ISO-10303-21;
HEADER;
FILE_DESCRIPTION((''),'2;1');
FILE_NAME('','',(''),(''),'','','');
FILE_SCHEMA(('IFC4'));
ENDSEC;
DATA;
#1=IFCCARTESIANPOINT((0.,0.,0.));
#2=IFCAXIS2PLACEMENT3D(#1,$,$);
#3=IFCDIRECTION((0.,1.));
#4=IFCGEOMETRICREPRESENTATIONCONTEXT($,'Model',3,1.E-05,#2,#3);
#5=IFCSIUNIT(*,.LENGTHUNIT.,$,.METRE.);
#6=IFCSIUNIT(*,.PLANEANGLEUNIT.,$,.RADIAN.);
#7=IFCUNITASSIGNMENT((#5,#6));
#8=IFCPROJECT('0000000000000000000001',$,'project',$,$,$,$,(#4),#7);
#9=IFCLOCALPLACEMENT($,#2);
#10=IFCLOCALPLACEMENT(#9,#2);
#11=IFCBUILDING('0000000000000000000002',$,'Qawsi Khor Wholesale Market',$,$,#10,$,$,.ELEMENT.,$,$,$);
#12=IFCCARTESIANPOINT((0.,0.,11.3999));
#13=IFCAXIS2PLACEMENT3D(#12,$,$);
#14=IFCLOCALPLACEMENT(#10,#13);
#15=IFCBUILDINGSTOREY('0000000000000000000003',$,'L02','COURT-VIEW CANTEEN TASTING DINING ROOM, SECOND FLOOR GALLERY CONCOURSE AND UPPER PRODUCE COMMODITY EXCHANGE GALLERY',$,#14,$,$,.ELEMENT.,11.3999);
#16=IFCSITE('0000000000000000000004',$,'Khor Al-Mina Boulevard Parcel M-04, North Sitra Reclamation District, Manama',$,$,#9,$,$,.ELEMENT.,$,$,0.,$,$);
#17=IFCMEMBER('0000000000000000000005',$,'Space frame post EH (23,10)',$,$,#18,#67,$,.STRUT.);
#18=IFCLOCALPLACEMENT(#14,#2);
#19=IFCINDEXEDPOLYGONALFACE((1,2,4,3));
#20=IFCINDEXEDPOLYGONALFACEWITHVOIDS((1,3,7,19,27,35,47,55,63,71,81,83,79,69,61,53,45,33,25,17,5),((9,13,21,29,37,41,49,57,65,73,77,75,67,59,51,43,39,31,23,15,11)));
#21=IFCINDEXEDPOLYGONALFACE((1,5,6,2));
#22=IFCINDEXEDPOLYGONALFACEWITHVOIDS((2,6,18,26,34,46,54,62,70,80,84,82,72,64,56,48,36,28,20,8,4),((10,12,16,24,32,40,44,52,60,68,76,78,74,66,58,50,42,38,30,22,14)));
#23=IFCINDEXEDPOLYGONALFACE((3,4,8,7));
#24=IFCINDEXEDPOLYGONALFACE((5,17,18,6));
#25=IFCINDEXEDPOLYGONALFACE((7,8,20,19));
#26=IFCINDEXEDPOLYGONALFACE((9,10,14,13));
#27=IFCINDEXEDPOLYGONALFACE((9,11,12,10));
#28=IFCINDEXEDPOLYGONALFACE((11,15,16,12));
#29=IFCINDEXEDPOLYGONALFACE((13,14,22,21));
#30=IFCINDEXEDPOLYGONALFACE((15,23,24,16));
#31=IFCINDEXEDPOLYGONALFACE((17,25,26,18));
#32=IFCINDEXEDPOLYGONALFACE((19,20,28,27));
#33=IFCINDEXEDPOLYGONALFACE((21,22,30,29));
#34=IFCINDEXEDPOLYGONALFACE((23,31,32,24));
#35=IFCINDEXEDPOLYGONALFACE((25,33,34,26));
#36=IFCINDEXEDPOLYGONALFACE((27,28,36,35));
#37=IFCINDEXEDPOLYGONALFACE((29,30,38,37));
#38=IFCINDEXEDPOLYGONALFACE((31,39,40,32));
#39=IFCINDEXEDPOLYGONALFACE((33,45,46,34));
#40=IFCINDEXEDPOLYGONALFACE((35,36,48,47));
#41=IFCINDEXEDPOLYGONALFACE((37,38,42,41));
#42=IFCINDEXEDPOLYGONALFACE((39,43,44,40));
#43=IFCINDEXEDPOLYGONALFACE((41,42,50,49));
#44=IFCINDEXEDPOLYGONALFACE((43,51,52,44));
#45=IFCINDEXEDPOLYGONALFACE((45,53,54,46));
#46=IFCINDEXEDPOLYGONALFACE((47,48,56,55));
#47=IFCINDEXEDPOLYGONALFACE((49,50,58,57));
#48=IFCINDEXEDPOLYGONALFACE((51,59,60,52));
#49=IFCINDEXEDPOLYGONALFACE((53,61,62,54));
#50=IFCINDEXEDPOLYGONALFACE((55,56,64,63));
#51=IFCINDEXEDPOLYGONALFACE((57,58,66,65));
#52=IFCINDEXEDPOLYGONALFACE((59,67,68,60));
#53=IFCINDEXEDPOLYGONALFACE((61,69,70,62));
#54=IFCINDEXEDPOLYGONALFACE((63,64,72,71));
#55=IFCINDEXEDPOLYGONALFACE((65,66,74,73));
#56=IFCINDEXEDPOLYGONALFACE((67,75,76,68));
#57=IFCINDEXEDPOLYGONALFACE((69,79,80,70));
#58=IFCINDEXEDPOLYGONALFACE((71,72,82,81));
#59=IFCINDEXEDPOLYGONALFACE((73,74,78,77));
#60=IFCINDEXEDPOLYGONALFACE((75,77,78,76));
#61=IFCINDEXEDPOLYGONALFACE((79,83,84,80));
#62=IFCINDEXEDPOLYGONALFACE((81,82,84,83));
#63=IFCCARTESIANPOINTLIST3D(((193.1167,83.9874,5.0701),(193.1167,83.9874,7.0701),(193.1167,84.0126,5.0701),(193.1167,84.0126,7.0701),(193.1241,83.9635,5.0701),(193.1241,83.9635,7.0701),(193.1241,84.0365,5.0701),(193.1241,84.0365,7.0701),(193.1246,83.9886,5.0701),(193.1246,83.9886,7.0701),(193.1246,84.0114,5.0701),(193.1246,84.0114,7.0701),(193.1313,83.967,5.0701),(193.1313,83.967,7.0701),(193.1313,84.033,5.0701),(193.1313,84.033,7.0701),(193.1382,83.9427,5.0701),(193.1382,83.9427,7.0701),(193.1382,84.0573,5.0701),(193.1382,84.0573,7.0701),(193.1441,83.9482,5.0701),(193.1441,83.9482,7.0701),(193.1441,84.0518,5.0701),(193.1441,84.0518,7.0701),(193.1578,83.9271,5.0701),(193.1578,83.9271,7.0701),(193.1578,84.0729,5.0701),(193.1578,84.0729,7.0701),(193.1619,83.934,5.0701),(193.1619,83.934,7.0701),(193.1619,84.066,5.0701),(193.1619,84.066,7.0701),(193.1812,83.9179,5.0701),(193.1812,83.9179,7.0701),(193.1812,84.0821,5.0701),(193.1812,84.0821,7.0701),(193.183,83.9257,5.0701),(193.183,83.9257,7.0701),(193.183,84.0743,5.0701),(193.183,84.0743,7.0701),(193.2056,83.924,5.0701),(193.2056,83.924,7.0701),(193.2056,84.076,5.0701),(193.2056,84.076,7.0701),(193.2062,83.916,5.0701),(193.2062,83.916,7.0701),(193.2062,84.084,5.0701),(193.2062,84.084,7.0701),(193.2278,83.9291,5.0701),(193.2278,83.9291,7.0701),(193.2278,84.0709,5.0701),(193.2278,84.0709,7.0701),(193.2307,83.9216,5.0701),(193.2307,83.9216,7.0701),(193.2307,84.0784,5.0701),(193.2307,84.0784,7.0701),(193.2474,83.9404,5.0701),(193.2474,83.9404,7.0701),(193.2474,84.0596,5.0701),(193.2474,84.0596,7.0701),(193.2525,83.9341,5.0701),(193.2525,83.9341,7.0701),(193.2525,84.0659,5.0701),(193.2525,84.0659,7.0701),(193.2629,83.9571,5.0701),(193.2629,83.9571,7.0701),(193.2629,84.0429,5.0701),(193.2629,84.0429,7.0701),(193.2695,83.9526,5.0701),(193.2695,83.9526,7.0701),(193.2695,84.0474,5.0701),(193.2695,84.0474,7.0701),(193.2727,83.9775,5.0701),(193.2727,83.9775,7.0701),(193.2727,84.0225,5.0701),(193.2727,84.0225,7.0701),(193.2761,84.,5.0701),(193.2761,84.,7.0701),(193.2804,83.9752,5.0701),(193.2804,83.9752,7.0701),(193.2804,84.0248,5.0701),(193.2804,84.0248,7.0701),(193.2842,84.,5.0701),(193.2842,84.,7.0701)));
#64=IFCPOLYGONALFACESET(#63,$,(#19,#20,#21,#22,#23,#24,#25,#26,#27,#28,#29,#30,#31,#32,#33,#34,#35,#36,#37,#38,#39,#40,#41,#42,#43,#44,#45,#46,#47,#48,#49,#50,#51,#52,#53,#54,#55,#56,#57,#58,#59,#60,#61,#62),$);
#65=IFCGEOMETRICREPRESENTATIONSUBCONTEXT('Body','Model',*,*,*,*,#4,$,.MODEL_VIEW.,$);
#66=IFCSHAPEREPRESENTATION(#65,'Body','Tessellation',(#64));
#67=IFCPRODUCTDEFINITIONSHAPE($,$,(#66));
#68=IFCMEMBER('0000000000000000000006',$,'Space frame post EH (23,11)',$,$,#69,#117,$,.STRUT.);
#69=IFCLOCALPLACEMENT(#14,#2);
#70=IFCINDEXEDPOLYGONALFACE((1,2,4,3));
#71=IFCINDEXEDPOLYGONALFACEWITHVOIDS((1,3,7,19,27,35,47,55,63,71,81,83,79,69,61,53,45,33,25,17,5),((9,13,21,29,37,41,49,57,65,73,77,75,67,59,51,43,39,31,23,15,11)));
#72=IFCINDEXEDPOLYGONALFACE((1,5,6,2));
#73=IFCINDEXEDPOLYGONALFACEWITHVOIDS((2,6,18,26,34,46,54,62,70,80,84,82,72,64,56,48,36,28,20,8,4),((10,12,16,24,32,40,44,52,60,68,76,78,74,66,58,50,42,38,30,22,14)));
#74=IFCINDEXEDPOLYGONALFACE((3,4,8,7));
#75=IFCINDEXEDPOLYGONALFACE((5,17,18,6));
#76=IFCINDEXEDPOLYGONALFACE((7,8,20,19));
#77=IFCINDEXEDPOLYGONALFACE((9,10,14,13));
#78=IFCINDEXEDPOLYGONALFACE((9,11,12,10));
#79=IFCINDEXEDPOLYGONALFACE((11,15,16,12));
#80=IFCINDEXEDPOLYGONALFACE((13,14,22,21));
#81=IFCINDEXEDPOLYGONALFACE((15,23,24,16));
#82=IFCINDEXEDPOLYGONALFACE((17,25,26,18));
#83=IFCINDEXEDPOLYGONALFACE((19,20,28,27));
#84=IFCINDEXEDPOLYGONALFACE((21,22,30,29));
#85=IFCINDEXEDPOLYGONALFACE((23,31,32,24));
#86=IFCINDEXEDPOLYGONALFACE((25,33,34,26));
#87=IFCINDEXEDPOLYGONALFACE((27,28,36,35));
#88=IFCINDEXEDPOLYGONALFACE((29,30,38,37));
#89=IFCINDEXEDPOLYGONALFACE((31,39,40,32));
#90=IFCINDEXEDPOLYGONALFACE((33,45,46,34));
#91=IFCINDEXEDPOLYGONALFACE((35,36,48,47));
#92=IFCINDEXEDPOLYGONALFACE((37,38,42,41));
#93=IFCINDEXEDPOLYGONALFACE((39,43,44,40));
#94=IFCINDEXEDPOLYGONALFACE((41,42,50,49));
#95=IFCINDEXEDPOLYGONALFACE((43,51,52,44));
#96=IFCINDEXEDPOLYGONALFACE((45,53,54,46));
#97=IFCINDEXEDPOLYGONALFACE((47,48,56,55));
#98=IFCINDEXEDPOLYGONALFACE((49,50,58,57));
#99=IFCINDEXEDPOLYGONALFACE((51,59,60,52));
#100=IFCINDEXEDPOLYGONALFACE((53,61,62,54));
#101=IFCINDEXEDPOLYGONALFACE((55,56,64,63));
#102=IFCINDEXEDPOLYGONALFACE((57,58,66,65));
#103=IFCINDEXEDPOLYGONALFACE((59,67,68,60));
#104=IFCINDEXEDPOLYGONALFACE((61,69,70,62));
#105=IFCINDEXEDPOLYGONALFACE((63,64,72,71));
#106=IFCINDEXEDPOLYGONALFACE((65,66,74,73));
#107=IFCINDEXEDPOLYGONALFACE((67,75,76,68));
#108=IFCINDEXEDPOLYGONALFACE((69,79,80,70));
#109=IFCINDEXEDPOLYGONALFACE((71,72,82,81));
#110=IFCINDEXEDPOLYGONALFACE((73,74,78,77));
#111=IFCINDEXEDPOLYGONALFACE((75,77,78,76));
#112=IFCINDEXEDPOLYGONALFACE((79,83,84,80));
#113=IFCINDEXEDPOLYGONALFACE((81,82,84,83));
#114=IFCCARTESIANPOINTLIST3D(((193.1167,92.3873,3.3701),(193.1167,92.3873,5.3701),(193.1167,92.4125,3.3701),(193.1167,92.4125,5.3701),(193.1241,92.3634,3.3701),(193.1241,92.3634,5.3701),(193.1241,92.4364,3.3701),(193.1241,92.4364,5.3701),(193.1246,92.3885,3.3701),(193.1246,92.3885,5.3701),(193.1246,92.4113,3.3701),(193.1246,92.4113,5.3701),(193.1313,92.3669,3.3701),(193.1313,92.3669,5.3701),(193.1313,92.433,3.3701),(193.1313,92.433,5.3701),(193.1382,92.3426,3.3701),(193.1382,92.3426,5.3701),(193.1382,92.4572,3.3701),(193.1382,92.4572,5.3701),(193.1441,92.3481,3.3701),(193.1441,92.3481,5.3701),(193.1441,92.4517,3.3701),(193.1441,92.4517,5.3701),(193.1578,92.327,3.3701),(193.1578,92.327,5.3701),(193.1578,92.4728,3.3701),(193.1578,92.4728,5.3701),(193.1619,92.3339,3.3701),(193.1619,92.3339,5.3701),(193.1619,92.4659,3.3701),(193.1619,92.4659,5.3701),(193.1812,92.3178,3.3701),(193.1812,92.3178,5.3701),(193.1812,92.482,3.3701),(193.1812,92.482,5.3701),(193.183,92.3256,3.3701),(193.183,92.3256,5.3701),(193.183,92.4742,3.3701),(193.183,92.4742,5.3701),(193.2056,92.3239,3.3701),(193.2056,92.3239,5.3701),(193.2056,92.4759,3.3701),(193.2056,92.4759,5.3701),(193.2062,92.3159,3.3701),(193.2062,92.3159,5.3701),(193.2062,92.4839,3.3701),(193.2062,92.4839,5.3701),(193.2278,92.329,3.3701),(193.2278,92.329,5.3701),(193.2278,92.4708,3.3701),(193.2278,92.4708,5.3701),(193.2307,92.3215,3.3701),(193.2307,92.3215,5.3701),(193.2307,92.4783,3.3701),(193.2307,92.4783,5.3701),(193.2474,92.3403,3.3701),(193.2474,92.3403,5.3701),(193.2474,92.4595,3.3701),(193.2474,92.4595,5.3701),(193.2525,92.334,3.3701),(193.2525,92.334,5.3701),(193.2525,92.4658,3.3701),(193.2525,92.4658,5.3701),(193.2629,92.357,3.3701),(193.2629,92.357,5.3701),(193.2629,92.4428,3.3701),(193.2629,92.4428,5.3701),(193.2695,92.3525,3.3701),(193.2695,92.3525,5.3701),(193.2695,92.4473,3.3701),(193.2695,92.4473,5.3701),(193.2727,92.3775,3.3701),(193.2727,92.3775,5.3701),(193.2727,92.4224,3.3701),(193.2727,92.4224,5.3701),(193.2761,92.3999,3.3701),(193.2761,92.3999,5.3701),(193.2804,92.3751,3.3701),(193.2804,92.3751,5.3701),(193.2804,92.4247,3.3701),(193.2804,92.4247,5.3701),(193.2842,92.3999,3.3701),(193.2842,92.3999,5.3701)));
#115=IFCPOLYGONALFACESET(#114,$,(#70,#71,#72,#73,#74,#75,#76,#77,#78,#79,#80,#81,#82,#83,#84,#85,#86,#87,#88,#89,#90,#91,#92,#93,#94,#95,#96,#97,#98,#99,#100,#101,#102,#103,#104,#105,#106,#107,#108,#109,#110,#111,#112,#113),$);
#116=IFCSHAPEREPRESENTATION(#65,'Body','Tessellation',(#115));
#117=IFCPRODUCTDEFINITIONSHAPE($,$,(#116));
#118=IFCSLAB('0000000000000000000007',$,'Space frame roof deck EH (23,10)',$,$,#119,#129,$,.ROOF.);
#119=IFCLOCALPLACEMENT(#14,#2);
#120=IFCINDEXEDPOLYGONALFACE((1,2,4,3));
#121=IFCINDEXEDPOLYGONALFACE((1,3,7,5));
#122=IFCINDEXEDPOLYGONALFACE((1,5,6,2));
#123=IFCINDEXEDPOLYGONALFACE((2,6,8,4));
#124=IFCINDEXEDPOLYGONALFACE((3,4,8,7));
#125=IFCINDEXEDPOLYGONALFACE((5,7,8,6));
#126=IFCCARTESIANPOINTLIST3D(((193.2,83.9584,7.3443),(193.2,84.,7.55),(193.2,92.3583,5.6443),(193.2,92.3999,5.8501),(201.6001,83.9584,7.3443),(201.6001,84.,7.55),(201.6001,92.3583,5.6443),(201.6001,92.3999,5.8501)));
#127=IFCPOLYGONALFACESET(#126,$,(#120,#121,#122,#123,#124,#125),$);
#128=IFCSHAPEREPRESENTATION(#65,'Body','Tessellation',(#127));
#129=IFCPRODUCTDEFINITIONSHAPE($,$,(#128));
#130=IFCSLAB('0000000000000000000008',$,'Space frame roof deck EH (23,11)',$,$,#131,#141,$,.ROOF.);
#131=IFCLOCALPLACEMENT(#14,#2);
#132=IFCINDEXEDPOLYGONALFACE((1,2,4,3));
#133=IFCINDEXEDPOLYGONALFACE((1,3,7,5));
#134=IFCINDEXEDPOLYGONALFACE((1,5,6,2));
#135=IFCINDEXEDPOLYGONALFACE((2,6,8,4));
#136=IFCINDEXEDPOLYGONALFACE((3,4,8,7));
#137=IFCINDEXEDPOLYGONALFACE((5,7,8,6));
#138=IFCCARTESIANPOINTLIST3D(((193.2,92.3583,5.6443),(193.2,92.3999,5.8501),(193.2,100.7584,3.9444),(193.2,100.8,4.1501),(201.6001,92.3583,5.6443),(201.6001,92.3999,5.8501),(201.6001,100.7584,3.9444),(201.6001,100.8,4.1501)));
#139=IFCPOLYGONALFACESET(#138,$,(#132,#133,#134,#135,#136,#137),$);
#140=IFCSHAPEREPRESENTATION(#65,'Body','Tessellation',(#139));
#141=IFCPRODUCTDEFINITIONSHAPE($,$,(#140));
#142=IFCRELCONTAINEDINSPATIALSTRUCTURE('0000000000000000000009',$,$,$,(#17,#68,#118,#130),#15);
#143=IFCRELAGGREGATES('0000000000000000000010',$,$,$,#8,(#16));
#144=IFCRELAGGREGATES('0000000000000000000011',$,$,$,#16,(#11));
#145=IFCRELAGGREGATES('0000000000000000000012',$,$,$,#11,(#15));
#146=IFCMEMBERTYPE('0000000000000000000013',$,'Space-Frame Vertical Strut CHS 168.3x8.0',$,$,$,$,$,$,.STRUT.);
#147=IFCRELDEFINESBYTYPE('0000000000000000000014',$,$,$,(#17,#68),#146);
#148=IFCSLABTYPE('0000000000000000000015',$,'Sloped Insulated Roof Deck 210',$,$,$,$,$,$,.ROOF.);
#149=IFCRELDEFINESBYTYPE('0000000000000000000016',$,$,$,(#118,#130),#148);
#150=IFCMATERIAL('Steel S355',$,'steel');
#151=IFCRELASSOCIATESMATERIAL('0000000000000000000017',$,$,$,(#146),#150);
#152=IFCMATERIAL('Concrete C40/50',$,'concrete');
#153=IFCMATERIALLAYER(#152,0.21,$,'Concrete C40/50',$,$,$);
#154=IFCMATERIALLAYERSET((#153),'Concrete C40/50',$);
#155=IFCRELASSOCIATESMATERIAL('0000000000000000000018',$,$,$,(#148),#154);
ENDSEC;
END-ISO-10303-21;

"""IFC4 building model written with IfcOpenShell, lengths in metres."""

from ifc_helpers import new_model, si_unit, direction, frame, origin, origin_2d, place, context, subcontext, project, spatial, polyline, hollow_circle, outline, extrude, material, layer, layer_set, material_profile, profile_set, type_object, element, save


model = new_model("IFC4")

# Units and contexts
model_context = context("Model", 3, precision=1e-05, world=origin(), true_north=direction((0.0, 1.0)))
body_context = subcontext(model_context, "Body", "Model", "MODEL_VIEW")
ifc_project = project(units=[si_unit("LENGTHUNIT", "METRE"), si_unit("PLANEANGLEUNIT", "RADIAN")], contexts=[model_context])

# Site, building, storey
site_placement = place(None, origin())
site = spatial("IfcSite", under=ifc_project, at=site_placement, Name="Khor Al-Mina Boulevard Parcel M-04, North Sitra Reclamation District, Manama", CompositionType="ELEMENT", RefElevation=0.0)
building_placement = place(site_placement, origin())
building = spatial("IfcBuilding", under=site, at=building_placement, Name="Qawsi Khor Wholesale Market", CompositionType="ELEMENT")
storey_placement = place(building_placement, frame((0.0, 0.0, 11.3999)))
storey = spatial("IfcBuildingStorey", under=building, at=storey_placement, Name="L02", Description="COURT-VIEW CANTEEN TASTING DINING ROOM, SECOND FLOOR GALLERY CONCOURSE AND UPPER PRODUCE COMMODITY EXCHANGE GALLERY", CompositionType="ELEMENT", Elevation=11.3999)

# Members
ifc_material_1 = material(Name="Steel S355", Category="steel")
ifc_material_profile_1 = material_profile(ifc_material_1, hollow_circle(Radius=0.0842, WallThickness=0.0081, at=origin_2d()), Name="CHS 168.3x8.0")
ifc_profile_set_1 = profile_set([ifc_material_profile_1], Name="Steel S355")
member_type_1 = type_object("IfcMemberType", Name="Space-Frame Vertical Strut CHS 168.3x8.0", PredefinedType="STRUT", material=ifc_profile_set_1)
for number, where, z_axis, x_axis, name in (
    (1, (193.2, 84.0, 5.0701), (0.0, 0.0, 1.0), (1.0, 0.0, 0.0), "Space frame post EH (23,10)"),
    (2, (193.2, 92.3999, 3.3701), (0.0, 0.0, 1.0), (1.0, 0.0, 0.0), "Space frame post EH (23,11)"),
):
    element("IfcMember", number, at=place(storey_placement, frame(where, z_axis=z_axis, x_axis=x_axis)), inside=storey, type_object=member_type_1, Name=name, PredefinedType="STRUT", context=body_context, shape_type="SweptSolid", body=[
        extrude(hollow_circle(Radius=0.0842, WallThickness=0.0081, at=origin_2d()), origin(), (0.0, 0.0, 1.0), 2.0),
    ])

# Slabs
ifc_material_2 = material(Name="Concrete C40/50", Category="concrete")
ifc_layer = layer(ifc_material_2, 0.21, Name="Concrete C40/50")
ifc_layer_set = layer_set([ifc_layer], Name="Concrete C40/50")
slab_type = type_object("IfcSlabType", Name="Sloped Insulated Roof Deck 210", PredefinedType="ROOF", material=ifc_layer_set)
slab_1_placement = place(storey_placement, frame((193.2, 84.0, 7.55), z_axis=(0.0, 0.198356, 0.98013), x_axis=(1.0, 0.0, 0.0)))
element("IfcSlab", 3, at=slab_1_placement, inside=storey, type_object=slab_type, Name="Space frame roof deck EH (23,10)", PredefinedType="ROOF", context=body_context, shape_type="SweptSolid", body=[
    extrude(outline(polyline([(0.0, 0.0), (8.4001, 0.0), (8.4001, 8.5702), (0.0, 8.5702), (0.0, 0.0)])), origin(), (0.0, 0.0, -1.0), 0.21),
])
slab_2_placement = place(storey_placement, frame((193.2, 92.3999, 5.8501), z_axis=(0.0, 0.198351, 0.980131), x_axis=(1.0, 0.0, 0.0)))
element("IfcSlab", 4, at=slab_2_placement, inside=storey, type_object=slab_type, Name="Space frame roof deck EH (23,11)", PredefinedType="ROOF", context=body_context, shape_type="SweptSolid", body=[
    extrude(outline(polyline([(0.0, 0.0), (8.4001, 0.0), (8.4001, 8.5704), (0.0, 8.5704), (0.0, 0.0)])), origin(), (0.0, 0.0, -1.0), 0.21),
])

save(model, "model.ifc")
